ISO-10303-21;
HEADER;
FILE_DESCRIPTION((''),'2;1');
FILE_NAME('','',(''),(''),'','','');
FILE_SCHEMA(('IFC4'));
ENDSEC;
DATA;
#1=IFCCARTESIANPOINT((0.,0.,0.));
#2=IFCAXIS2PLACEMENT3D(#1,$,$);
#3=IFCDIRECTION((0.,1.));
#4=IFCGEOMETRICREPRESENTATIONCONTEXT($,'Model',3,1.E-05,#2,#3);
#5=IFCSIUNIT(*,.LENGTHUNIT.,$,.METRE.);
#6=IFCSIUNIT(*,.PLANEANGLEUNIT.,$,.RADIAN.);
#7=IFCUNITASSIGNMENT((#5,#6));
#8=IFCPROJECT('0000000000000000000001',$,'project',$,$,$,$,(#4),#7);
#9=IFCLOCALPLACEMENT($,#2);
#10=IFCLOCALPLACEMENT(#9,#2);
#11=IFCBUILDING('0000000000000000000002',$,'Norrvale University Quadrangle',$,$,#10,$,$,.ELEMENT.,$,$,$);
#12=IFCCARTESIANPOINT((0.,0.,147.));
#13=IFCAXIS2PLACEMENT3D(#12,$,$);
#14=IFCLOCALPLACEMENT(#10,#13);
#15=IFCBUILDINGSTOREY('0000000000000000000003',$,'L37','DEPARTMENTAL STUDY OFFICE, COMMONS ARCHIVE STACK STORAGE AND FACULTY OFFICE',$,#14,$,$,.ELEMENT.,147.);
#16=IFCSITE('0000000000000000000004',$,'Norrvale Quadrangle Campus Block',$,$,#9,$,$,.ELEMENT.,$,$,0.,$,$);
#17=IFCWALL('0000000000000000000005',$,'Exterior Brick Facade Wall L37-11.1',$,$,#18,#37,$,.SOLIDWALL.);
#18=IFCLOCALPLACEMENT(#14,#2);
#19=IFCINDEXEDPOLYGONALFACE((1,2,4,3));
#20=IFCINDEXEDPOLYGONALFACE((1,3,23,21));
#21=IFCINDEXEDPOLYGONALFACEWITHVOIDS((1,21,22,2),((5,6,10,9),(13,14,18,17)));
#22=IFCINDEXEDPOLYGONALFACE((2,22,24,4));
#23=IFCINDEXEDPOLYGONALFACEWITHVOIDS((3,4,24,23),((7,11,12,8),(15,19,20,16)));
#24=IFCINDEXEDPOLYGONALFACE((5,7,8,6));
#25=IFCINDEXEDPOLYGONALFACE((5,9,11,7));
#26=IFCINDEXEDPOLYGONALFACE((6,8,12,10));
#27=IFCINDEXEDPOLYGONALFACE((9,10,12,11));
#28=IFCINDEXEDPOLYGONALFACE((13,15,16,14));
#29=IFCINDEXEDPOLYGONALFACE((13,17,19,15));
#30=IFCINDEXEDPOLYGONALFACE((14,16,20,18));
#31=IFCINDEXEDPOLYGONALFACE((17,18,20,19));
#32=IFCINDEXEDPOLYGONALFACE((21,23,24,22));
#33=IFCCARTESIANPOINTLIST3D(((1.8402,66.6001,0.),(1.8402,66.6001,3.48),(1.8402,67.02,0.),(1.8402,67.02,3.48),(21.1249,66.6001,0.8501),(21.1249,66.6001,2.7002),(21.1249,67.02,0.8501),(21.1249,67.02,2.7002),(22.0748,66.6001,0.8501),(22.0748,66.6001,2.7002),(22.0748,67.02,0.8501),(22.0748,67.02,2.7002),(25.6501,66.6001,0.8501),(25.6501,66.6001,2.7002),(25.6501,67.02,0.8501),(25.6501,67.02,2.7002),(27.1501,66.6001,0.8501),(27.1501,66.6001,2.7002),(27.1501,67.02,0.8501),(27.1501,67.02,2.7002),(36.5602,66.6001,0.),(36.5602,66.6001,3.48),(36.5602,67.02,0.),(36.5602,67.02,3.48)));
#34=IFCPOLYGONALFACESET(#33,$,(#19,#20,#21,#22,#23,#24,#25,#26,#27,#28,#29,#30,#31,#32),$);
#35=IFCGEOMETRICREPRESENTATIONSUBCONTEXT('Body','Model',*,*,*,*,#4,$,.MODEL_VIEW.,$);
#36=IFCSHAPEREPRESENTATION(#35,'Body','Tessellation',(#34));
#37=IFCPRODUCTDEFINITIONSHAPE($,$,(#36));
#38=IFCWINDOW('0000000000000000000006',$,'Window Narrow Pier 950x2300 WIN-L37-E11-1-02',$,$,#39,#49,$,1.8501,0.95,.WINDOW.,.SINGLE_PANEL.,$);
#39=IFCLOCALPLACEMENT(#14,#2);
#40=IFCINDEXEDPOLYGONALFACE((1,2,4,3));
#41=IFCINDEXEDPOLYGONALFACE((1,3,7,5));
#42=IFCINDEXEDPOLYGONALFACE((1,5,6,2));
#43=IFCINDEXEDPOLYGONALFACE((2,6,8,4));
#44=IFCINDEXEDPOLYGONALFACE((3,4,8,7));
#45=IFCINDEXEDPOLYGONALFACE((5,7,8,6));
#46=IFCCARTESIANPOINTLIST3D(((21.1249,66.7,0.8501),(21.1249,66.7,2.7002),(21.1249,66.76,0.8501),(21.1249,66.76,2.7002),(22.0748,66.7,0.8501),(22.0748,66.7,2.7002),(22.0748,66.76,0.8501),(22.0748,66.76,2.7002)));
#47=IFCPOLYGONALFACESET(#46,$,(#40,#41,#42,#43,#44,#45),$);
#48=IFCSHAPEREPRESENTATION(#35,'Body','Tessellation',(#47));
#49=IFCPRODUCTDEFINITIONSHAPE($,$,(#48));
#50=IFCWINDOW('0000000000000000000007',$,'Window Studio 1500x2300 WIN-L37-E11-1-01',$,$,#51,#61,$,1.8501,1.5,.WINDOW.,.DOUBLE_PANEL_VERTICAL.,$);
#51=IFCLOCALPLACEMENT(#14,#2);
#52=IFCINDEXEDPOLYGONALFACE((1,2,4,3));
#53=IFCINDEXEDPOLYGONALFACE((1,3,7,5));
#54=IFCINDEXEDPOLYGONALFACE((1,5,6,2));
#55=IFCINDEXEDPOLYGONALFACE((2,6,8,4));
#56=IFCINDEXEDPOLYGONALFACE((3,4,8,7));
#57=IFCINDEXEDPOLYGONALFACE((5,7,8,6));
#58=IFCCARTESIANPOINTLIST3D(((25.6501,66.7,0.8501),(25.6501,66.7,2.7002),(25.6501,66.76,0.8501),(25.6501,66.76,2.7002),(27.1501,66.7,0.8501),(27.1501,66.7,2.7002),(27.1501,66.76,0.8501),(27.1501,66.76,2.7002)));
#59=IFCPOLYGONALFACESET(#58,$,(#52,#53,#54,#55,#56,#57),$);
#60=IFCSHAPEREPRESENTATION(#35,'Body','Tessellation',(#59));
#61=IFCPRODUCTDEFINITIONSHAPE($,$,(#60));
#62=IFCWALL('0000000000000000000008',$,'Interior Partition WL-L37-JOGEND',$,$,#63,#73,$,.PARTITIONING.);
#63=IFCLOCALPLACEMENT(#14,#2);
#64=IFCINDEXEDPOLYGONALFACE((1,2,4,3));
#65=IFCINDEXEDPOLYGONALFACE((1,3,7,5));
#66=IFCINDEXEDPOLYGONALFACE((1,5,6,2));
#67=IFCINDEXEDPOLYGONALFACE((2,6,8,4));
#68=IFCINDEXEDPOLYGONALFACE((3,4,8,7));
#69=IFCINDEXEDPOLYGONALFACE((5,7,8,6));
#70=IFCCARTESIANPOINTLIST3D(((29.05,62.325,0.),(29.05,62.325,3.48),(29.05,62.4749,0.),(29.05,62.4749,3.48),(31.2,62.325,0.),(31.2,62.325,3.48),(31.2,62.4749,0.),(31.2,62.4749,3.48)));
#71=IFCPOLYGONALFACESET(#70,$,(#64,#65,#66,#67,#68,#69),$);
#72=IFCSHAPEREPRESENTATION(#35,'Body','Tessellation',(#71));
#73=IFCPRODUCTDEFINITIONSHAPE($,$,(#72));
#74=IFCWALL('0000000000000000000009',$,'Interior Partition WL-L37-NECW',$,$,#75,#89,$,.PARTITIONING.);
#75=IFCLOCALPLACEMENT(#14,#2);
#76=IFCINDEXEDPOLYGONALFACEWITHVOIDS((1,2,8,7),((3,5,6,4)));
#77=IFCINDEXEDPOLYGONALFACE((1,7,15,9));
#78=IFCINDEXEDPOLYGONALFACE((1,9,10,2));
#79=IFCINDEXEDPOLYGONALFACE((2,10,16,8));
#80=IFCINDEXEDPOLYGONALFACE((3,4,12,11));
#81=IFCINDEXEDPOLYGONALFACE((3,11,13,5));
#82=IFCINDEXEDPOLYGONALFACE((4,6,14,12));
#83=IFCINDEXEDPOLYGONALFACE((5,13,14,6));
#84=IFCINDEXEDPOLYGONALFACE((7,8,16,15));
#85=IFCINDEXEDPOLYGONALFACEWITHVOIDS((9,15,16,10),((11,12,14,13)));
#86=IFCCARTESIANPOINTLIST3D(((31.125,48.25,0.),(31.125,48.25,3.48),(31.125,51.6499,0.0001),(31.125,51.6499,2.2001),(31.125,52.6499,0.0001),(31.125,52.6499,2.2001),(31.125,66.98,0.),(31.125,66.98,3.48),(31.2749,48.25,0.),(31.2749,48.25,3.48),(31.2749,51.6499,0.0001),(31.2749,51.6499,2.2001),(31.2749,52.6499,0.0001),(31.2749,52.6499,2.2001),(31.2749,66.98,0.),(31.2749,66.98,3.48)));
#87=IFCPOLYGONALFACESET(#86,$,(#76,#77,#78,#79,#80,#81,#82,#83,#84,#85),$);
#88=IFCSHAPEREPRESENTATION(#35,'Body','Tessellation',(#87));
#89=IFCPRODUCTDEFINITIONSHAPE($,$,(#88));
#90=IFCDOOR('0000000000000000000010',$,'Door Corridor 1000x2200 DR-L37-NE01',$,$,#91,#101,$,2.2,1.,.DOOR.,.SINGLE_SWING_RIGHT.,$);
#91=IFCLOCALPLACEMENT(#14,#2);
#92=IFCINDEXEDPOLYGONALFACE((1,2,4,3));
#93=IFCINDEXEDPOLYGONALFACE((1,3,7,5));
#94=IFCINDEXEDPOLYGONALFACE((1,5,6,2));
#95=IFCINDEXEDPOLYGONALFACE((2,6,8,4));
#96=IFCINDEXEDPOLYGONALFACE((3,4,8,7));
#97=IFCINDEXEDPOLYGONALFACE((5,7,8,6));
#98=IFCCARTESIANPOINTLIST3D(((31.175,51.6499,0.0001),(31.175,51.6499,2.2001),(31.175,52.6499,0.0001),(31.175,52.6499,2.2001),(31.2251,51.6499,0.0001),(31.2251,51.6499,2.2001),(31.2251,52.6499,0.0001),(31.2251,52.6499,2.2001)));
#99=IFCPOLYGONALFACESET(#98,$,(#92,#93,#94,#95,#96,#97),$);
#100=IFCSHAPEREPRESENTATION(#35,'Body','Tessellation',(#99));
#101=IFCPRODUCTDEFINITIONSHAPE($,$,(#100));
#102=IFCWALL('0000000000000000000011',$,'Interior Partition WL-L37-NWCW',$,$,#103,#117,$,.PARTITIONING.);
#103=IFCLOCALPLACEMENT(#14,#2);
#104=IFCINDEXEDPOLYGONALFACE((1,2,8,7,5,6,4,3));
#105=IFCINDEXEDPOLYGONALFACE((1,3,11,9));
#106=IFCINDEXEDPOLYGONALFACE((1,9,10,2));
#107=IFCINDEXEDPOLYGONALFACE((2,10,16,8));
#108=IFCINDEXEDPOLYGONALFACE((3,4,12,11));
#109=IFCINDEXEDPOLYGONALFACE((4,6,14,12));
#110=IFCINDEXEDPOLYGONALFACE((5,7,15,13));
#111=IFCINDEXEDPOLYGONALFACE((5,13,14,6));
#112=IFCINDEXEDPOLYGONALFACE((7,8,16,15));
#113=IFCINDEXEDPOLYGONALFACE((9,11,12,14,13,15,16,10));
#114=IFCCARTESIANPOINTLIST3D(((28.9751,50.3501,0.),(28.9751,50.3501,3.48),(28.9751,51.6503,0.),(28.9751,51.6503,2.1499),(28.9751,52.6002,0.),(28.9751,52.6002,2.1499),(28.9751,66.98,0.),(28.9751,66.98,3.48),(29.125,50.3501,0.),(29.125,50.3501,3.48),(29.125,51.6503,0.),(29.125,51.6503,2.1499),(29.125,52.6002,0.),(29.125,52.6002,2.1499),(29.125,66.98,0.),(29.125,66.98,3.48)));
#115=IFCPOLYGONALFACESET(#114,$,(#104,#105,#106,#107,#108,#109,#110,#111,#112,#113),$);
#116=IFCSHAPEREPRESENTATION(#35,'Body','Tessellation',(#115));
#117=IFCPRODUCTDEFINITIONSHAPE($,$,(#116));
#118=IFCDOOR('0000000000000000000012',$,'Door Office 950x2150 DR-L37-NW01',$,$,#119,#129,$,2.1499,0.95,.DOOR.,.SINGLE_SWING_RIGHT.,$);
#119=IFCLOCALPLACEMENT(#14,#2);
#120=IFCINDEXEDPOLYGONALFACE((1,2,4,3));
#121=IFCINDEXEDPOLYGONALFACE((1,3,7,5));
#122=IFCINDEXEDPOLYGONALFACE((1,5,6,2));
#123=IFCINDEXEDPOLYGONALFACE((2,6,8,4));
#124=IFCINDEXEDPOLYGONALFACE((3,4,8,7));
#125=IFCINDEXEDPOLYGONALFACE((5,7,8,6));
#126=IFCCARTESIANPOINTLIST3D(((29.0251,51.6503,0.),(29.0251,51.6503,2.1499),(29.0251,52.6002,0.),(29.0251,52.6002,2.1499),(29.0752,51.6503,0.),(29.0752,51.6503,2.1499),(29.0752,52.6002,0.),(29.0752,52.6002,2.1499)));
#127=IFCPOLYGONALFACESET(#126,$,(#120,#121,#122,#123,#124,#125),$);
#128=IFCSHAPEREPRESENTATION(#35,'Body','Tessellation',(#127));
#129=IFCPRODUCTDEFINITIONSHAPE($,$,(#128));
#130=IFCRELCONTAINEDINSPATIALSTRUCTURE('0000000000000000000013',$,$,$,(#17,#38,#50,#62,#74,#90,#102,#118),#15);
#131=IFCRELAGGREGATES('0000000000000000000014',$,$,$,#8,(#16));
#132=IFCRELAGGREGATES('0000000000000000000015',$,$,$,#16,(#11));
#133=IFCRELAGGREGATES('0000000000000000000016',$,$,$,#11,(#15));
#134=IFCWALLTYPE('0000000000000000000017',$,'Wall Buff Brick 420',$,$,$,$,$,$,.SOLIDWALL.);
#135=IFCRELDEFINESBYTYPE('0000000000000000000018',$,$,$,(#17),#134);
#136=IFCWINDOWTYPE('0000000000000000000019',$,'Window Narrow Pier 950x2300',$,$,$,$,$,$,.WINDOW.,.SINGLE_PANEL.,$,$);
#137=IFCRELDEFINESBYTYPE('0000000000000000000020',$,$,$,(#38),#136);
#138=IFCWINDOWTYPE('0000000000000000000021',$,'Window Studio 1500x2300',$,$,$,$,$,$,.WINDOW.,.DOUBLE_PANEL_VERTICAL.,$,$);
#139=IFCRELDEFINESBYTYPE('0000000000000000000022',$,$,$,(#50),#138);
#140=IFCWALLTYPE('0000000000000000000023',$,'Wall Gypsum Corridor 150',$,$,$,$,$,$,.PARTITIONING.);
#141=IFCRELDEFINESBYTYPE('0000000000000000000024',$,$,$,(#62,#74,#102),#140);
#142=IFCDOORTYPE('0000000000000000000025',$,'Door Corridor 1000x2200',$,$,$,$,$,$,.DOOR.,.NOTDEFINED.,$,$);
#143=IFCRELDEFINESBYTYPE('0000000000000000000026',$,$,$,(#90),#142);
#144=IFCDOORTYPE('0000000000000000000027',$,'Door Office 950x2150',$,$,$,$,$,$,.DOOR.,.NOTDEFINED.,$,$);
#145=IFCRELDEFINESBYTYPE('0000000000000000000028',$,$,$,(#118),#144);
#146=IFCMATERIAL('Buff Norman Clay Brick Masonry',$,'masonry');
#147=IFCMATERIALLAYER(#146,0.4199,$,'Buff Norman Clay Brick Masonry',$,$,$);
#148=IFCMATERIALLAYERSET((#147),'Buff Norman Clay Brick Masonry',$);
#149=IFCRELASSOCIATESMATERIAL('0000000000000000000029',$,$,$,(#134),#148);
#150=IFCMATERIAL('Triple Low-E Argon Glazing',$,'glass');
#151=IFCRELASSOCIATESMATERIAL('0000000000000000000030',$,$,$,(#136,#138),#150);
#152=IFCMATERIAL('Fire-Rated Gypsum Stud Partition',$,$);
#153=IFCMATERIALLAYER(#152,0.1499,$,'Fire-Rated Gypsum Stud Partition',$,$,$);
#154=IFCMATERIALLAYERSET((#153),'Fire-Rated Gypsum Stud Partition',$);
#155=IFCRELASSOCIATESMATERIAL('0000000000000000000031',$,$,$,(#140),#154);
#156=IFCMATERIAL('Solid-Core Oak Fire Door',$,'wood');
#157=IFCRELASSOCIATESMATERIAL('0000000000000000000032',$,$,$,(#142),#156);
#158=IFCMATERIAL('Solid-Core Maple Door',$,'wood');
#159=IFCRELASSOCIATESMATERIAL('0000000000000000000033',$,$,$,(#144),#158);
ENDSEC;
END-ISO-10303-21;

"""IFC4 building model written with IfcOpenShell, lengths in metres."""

from ifc_helpers import new_model, si_unit, direction, frame, frame_2d, origin, place, context, subcontext, project, spatial, rectangle, extrude, material, layer, layer_set, type_object, element, fill, save


model = new_model("IFC4")

# Units and contexts
model_context = context("Model", 3, precision=1e-05, world=origin(), true_north=direction((0.0, 1.0)))
body_context = subcontext(model_context, "Body", "Model", "MODEL_VIEW")
ifc_project = project(units=[si_unit("LENGTHUNIT", "METRE"), si_unit("PLANEANGLEUNIT", "RADIAN")], contexts=[model_context])

# Site, building, storey
site_placement = place(None, origin())
site = spatial("IfcSite", under=ifc_project, at=site_placement, Name="Norrvale Quadrangle Campus Block", CompositionType="ELEMENT", RefElevation=0.0)
building_placement = place(site_placement, origin())
building = spatial("IfcBuilding", under=site, at=building_placement, Name="Norrvale University Quadrangle", CompositionType="ELEMENT")
storey_placement = place(building_placement, frame((0.0, 0.0, 147.0)))
storey = spatial("IfcBuildingStorey", under=building, at=storey_placement, Name="L37", Description="DEPARTMENTAL STUDY OFFICE, COMMONS ARCHIVE STACK STORAGE AND FACULTY OFFICE", CompositionType="ELEMENT", Elevation=147.0)

# Shared definitions
ifc_material_1 = material(Name="Buff Norman Clay Brick Masonry", Category="masonry")
ifc_layer_1 = layer(ifc_material_1, 0.4199, Name="Buff Norman Clay Brick Masonry")
ifc_layer_set_1 = layer_set([ifc_layer_1], Name="Buff Norman Clay Brick Masonry")
wall_type_1 = type_object("IfcWallType", Name="Wall Buff Brick 420", PredefinedType="SOLIDWALL", material=ifc_layer_set_1)

# Wall, openings, windows
wall_1_placement = place(storey_placement, frame((36.5601, 66.8101, 0.0), z_axis=(0.0, 0.0, 1.0), x_axis=(-1.0, 0.0, 0.0)))
wall_1 = element("IfcWall", 1, at=wall_1_placement, inside=storey, type_object=wall_type_1, Name="Exterior Brick Facade Wall L37-11.1", PredefinedType="SOLIDWALL", context=body_context, shape_type="SweptSolid", body=[
    extrude(rectangle(XDim=34.72, YDim=0.4199, at=frame_2d((17.3599, 0.0))), origin(), (0.0, 0.0, 1.0), 3.48),
])
opening_1_placement = place(wall_1_placement, frame((9.4099, 0.0, 0.8501)))
opening_1 = element("IfcOpeningElement", 2, at=opening_1_placement, cuts=wall_1, PredefinedType="OPENING", context=body_context, shape_type="SweptSolid", body=[
    extrude(rectangle(XDim=1.5, YDim=1.8501, at=frame_2d((0.75, 0.925))), frame((0.0, 0.2219, 0.0), z_axis=(0.0, -1.0, 0.0), x_axis=(1.0, 0.0, 0.0)), (0.0, 0.0, 1.0), 0.4438),
])
opening_2_placement = place(wall_1_placement, frame((14.4851, 0.0, 0.8501)))
opening_2 = element("IfcOpeningElement", 3, at=opening_2_placement, cuts=wall_1, PredefinedType="OPENING", context=body_context, shape_type="SweptSolid", body=[
    extrude(rectangle(XDim=0.95, YDim=1.8501, at=frame_2d((0.4751, 0.925))), frame((0.0, 0.2219, 0.0), z_axis=(0.0, -1.0, 0.0), x_axis=(1.0, 0.0, 0.0)), (0.0, 0.0, 1.0), 0.4438),
])
ifc_material_2 = material(Name="Triple Low-E Argon Glazing", Category="glass")
window_type_1 = type_object("IfcWindowType", Name="Window Narrow Pier 950x2300", PartitioningType="SINGLE_PANEL", PredefinedType="WINDOW", material=ifc_material_2)
window_1_placement = place(opening_2_placement, origin())
window_1 = element("IfcWindow", 4, at=window_1_placement, inside=storey, type_object=window_type_1, Name="Window Narrow Pier 950x2300 WIN-L37-E11-1-02", OverallHeight=1.8501, OverallWidth=0.95, PartitioningType="SINGLE_PANEL", PredefinedType="WINDOW", context=body_context, shape_type="SweptSolid", body=[
    extrude(rectangle(XDim=0.95, YDim=1.8501, at=frame_2d((0.4751, 0.925))), frame((0.0, 0.1101, 0.0), z_axis=(0.0, -1.0, 0.0), x_axis=(1.0, 0.0, 0.0)), (0.0, 0.0, 1.0), 0.0601),
])
fill(opening_2, window_1)
window_type_2 = type_object("IfcWindowType", Name="Window Studio 1500x2300", PartitioningType="DOUBLE_PANEL_VERTICAL", PredefinedType="WINDOW", material=ifc_material_2)
window_2_placement = place(opening_1_placement, origin())
window_2 = element("IfcWindow", 5, at=window_2_placement, inside=storey, type_object=window_type_2, Name="Window Studio 1500x2300 WIN-L37-E11-1-01", OverallHeight=1.8501, OverallWidth=1.5, PartitioningType="DOUBLE_PANEL_VERTICAL", PredefinedType="WINDOW", context=body_context, shape_type="SweptSolid", body=[
    extrude(rectangle(XDim=1.5, YDim=1.8501, at=frame_2d((0.75, 0.925))), frame((0.0, 0.1101, 0.0), z_axis=(0.0, -1.0, 0.0), x_axis=(1.0, 0.0, 0.0)), (0.0, 0.0, 1.0), 0.0601),
])
fill(opening_1, window_2)

# Wall
ifc_material_3 = material(Name="Fire-Rated Gypsum Stud Partition")
ifc_layer_2 = layer(ifc_material_3, 0.1499, Name="Fire-Rated Gypsum Stud Partition")
ifc_layer_set_2 = layer_set([ifc_layer_2], Name="Fire-Rated Gypsum Stud Partition")
wall_type_2 = type_object("IfcWallType", Name="Wall Gypsum Corridor 150", PredefinedType="PARTITIONING", material=ifc_layer_set_2)
wall_2_placement = place(storey_placement, frame((29.05, 62.3999, 0.0), z_axis=(0.0, 0.0, 1.0), x_axis=(1.0, 0.0, 0.0)))
element("IfcWall", 6, at=wall_2_placement, inside=storey, type_object=wall_type_2, Name="Interior Partition WL-L37-JOGEND", PredefinedType="PARTITIONING", context=body_context, shape_type="SweptSolid", body=[
    extrude(rectangle(XDim=2.1499, YDim=0.1499, at=frame_2d((1.075, 0.0))), origin(), (0.0, 0.0, 1.0), 3.48),
])

# Walls, openings, doors
wall_3_placement = place(storey_placement, frame((31.2, 48.25, 0.0), z_axis=(0.0, 0.0, 1.0), x_axis=(0.0, 1.0, 0.0)))
wall_3 = element("IfcWall", 7, at=wall_3_placement, inside=storey, type_object=wall_type_2, Name="Interior Partition WL-L37-NECW", PredefinedType="PARTITIONING", context=body_context, shape_type="SweptSolid", body=[
    extrude(rectangle(XDim=18.73, YDim=0.1499, at=frame_2d((9.365, 0.0))), origin(), (0.0, 0.0, 1.0), 3.48),
])
opening_3_placement = place(wall_3_placement, frame((3.3999, 0.0, 0.0)))
opening_3 = element("IfcOpeningElement", 8, at=opening_3_placement, cuts=wall_3, PredefinedType="OPENING", context=body_context, shape_type="SweptSolid", body=[
    extrude(rectangle(XDim=1.0, YDim=2.2, at=frame_2d((0.5, 1.1001))), frame((0.0, 0.0869, 0.0), z_axis=(0.0, -1.0, 0.0), x_axis=(1.0, 0.0, 0.0)), (0.0, 0.0, 1.0), 0.1738),
])
ifc_material_4 = material(Name="Solid-Core Oak Fire Door", Category="wood")
door_type_1 = type_object("IfcDoorType", Name="Door Corridor 1000x2200", OperationType="NOTDEFINED", PredefinedType="DOOR", material=ifc_material_4)
door_1_placement = place(opening_3_placement, origin())
door_1 = element("IfcDoor", 9, at=door_1_placement, inside=storey, type_object=door_type_1, Name="Door Corridor 1000x2200 DR-L37-NE01", OperationType="SINGLE_SWING_RIGHT", OverallHeight=2.2, OverallWidth=1.0, PredefinedType="DOOR", context=body_context, shape_type="SweptSolid", body=[
    extrude(rectangle(XDim=1.0, YDim=2.2, at=frame_2d((0.5, 1.1001))), frame((0.0, 0.0249, 0.0), z_axis=(0.0, -1.0, 0.0), x_axis=(1.0, 0.0, 0.0)), (0.0, 0.0, 1.0), 0.05),
])
fill(opening_3, door_1)
wall_4_placement = place(storey_placement, frame((29.05, 50.3501, 0.0), z_axis=(0.0, 0.0, 1.0), x_axis=(0.0, 1.0, 0.0)))
wall_4 = element("IfcWall", 10, at=wall_4_placement, inside=storey, type_object=wall_type_2, Name="Interior Partition WL-L37-NWCW", PredefinedType="PARTITIONING", context=body_context, shape_type="SweptSolid", body=[
    extrude(rectangle(XDim=16.6299, YDim=0.1499, at=frame_2d((8.3149, 0.0))), origin(), (0.0, 0.0, 1.0), 3.48),
])
opening_4_placement = place(wall_4_placement, frame((1.3, 0.0, 0.0)))
opening_4 = element("IfcOpeningElement", 11, at=opening_4_placement, cuts=wall_4, PredefinedType="OPENING", context=body_context, shape_type="SweptSolid", body=[
    extrude(rectangle(XDim=0.95, YDim=2.1499, at=frame_2d((0.4751, 1.075))), frame((0.0, 0.0869, 0.0), z_axis=(0.0, -1.0, 0.0), x_axis=(1.0, 0.0, 0.0)), (0.0, 0.0, 1.0), 0.1738),
])
ifc_material_5 = material(Name="Solid-Core Maple Door", Category="wood")
door_type_2 = type_object("IfcDoorType", Name="Door Office 950x2150", OperationType="NOTDEFINED", PredefinedType="DOOR", material=ifc_material_5)
door_2_placement = place(opening_4_placement, origin())
door_2 = element("IfcDoor", 12, at=door_2_placement, inside=storey, type_object=door_type_2, Name="Door Office 950x2150 DR-L37-NW01", OperationType="SINGLE_SWING_RIGHT", OverallHeight=2.1499, OverallWidth=0.95, PredefinedType="DOOR", context=body_context, shape_type="SweptSolid", body=[
    extrude(rectangle(XDim=0.95, YDim=2.1499, at=frame_2d((0.4751, 1.075))), frame((0.0, 0.0249, 0.0), z_axis=(0.0, -1.0, 0.0), x_axis=(1.0, 0.0, 0.0)), (0.0, 0.0, 1.0), 0.05),
])
fill(opening_4, door_2)

save(model, "model.ifc")
